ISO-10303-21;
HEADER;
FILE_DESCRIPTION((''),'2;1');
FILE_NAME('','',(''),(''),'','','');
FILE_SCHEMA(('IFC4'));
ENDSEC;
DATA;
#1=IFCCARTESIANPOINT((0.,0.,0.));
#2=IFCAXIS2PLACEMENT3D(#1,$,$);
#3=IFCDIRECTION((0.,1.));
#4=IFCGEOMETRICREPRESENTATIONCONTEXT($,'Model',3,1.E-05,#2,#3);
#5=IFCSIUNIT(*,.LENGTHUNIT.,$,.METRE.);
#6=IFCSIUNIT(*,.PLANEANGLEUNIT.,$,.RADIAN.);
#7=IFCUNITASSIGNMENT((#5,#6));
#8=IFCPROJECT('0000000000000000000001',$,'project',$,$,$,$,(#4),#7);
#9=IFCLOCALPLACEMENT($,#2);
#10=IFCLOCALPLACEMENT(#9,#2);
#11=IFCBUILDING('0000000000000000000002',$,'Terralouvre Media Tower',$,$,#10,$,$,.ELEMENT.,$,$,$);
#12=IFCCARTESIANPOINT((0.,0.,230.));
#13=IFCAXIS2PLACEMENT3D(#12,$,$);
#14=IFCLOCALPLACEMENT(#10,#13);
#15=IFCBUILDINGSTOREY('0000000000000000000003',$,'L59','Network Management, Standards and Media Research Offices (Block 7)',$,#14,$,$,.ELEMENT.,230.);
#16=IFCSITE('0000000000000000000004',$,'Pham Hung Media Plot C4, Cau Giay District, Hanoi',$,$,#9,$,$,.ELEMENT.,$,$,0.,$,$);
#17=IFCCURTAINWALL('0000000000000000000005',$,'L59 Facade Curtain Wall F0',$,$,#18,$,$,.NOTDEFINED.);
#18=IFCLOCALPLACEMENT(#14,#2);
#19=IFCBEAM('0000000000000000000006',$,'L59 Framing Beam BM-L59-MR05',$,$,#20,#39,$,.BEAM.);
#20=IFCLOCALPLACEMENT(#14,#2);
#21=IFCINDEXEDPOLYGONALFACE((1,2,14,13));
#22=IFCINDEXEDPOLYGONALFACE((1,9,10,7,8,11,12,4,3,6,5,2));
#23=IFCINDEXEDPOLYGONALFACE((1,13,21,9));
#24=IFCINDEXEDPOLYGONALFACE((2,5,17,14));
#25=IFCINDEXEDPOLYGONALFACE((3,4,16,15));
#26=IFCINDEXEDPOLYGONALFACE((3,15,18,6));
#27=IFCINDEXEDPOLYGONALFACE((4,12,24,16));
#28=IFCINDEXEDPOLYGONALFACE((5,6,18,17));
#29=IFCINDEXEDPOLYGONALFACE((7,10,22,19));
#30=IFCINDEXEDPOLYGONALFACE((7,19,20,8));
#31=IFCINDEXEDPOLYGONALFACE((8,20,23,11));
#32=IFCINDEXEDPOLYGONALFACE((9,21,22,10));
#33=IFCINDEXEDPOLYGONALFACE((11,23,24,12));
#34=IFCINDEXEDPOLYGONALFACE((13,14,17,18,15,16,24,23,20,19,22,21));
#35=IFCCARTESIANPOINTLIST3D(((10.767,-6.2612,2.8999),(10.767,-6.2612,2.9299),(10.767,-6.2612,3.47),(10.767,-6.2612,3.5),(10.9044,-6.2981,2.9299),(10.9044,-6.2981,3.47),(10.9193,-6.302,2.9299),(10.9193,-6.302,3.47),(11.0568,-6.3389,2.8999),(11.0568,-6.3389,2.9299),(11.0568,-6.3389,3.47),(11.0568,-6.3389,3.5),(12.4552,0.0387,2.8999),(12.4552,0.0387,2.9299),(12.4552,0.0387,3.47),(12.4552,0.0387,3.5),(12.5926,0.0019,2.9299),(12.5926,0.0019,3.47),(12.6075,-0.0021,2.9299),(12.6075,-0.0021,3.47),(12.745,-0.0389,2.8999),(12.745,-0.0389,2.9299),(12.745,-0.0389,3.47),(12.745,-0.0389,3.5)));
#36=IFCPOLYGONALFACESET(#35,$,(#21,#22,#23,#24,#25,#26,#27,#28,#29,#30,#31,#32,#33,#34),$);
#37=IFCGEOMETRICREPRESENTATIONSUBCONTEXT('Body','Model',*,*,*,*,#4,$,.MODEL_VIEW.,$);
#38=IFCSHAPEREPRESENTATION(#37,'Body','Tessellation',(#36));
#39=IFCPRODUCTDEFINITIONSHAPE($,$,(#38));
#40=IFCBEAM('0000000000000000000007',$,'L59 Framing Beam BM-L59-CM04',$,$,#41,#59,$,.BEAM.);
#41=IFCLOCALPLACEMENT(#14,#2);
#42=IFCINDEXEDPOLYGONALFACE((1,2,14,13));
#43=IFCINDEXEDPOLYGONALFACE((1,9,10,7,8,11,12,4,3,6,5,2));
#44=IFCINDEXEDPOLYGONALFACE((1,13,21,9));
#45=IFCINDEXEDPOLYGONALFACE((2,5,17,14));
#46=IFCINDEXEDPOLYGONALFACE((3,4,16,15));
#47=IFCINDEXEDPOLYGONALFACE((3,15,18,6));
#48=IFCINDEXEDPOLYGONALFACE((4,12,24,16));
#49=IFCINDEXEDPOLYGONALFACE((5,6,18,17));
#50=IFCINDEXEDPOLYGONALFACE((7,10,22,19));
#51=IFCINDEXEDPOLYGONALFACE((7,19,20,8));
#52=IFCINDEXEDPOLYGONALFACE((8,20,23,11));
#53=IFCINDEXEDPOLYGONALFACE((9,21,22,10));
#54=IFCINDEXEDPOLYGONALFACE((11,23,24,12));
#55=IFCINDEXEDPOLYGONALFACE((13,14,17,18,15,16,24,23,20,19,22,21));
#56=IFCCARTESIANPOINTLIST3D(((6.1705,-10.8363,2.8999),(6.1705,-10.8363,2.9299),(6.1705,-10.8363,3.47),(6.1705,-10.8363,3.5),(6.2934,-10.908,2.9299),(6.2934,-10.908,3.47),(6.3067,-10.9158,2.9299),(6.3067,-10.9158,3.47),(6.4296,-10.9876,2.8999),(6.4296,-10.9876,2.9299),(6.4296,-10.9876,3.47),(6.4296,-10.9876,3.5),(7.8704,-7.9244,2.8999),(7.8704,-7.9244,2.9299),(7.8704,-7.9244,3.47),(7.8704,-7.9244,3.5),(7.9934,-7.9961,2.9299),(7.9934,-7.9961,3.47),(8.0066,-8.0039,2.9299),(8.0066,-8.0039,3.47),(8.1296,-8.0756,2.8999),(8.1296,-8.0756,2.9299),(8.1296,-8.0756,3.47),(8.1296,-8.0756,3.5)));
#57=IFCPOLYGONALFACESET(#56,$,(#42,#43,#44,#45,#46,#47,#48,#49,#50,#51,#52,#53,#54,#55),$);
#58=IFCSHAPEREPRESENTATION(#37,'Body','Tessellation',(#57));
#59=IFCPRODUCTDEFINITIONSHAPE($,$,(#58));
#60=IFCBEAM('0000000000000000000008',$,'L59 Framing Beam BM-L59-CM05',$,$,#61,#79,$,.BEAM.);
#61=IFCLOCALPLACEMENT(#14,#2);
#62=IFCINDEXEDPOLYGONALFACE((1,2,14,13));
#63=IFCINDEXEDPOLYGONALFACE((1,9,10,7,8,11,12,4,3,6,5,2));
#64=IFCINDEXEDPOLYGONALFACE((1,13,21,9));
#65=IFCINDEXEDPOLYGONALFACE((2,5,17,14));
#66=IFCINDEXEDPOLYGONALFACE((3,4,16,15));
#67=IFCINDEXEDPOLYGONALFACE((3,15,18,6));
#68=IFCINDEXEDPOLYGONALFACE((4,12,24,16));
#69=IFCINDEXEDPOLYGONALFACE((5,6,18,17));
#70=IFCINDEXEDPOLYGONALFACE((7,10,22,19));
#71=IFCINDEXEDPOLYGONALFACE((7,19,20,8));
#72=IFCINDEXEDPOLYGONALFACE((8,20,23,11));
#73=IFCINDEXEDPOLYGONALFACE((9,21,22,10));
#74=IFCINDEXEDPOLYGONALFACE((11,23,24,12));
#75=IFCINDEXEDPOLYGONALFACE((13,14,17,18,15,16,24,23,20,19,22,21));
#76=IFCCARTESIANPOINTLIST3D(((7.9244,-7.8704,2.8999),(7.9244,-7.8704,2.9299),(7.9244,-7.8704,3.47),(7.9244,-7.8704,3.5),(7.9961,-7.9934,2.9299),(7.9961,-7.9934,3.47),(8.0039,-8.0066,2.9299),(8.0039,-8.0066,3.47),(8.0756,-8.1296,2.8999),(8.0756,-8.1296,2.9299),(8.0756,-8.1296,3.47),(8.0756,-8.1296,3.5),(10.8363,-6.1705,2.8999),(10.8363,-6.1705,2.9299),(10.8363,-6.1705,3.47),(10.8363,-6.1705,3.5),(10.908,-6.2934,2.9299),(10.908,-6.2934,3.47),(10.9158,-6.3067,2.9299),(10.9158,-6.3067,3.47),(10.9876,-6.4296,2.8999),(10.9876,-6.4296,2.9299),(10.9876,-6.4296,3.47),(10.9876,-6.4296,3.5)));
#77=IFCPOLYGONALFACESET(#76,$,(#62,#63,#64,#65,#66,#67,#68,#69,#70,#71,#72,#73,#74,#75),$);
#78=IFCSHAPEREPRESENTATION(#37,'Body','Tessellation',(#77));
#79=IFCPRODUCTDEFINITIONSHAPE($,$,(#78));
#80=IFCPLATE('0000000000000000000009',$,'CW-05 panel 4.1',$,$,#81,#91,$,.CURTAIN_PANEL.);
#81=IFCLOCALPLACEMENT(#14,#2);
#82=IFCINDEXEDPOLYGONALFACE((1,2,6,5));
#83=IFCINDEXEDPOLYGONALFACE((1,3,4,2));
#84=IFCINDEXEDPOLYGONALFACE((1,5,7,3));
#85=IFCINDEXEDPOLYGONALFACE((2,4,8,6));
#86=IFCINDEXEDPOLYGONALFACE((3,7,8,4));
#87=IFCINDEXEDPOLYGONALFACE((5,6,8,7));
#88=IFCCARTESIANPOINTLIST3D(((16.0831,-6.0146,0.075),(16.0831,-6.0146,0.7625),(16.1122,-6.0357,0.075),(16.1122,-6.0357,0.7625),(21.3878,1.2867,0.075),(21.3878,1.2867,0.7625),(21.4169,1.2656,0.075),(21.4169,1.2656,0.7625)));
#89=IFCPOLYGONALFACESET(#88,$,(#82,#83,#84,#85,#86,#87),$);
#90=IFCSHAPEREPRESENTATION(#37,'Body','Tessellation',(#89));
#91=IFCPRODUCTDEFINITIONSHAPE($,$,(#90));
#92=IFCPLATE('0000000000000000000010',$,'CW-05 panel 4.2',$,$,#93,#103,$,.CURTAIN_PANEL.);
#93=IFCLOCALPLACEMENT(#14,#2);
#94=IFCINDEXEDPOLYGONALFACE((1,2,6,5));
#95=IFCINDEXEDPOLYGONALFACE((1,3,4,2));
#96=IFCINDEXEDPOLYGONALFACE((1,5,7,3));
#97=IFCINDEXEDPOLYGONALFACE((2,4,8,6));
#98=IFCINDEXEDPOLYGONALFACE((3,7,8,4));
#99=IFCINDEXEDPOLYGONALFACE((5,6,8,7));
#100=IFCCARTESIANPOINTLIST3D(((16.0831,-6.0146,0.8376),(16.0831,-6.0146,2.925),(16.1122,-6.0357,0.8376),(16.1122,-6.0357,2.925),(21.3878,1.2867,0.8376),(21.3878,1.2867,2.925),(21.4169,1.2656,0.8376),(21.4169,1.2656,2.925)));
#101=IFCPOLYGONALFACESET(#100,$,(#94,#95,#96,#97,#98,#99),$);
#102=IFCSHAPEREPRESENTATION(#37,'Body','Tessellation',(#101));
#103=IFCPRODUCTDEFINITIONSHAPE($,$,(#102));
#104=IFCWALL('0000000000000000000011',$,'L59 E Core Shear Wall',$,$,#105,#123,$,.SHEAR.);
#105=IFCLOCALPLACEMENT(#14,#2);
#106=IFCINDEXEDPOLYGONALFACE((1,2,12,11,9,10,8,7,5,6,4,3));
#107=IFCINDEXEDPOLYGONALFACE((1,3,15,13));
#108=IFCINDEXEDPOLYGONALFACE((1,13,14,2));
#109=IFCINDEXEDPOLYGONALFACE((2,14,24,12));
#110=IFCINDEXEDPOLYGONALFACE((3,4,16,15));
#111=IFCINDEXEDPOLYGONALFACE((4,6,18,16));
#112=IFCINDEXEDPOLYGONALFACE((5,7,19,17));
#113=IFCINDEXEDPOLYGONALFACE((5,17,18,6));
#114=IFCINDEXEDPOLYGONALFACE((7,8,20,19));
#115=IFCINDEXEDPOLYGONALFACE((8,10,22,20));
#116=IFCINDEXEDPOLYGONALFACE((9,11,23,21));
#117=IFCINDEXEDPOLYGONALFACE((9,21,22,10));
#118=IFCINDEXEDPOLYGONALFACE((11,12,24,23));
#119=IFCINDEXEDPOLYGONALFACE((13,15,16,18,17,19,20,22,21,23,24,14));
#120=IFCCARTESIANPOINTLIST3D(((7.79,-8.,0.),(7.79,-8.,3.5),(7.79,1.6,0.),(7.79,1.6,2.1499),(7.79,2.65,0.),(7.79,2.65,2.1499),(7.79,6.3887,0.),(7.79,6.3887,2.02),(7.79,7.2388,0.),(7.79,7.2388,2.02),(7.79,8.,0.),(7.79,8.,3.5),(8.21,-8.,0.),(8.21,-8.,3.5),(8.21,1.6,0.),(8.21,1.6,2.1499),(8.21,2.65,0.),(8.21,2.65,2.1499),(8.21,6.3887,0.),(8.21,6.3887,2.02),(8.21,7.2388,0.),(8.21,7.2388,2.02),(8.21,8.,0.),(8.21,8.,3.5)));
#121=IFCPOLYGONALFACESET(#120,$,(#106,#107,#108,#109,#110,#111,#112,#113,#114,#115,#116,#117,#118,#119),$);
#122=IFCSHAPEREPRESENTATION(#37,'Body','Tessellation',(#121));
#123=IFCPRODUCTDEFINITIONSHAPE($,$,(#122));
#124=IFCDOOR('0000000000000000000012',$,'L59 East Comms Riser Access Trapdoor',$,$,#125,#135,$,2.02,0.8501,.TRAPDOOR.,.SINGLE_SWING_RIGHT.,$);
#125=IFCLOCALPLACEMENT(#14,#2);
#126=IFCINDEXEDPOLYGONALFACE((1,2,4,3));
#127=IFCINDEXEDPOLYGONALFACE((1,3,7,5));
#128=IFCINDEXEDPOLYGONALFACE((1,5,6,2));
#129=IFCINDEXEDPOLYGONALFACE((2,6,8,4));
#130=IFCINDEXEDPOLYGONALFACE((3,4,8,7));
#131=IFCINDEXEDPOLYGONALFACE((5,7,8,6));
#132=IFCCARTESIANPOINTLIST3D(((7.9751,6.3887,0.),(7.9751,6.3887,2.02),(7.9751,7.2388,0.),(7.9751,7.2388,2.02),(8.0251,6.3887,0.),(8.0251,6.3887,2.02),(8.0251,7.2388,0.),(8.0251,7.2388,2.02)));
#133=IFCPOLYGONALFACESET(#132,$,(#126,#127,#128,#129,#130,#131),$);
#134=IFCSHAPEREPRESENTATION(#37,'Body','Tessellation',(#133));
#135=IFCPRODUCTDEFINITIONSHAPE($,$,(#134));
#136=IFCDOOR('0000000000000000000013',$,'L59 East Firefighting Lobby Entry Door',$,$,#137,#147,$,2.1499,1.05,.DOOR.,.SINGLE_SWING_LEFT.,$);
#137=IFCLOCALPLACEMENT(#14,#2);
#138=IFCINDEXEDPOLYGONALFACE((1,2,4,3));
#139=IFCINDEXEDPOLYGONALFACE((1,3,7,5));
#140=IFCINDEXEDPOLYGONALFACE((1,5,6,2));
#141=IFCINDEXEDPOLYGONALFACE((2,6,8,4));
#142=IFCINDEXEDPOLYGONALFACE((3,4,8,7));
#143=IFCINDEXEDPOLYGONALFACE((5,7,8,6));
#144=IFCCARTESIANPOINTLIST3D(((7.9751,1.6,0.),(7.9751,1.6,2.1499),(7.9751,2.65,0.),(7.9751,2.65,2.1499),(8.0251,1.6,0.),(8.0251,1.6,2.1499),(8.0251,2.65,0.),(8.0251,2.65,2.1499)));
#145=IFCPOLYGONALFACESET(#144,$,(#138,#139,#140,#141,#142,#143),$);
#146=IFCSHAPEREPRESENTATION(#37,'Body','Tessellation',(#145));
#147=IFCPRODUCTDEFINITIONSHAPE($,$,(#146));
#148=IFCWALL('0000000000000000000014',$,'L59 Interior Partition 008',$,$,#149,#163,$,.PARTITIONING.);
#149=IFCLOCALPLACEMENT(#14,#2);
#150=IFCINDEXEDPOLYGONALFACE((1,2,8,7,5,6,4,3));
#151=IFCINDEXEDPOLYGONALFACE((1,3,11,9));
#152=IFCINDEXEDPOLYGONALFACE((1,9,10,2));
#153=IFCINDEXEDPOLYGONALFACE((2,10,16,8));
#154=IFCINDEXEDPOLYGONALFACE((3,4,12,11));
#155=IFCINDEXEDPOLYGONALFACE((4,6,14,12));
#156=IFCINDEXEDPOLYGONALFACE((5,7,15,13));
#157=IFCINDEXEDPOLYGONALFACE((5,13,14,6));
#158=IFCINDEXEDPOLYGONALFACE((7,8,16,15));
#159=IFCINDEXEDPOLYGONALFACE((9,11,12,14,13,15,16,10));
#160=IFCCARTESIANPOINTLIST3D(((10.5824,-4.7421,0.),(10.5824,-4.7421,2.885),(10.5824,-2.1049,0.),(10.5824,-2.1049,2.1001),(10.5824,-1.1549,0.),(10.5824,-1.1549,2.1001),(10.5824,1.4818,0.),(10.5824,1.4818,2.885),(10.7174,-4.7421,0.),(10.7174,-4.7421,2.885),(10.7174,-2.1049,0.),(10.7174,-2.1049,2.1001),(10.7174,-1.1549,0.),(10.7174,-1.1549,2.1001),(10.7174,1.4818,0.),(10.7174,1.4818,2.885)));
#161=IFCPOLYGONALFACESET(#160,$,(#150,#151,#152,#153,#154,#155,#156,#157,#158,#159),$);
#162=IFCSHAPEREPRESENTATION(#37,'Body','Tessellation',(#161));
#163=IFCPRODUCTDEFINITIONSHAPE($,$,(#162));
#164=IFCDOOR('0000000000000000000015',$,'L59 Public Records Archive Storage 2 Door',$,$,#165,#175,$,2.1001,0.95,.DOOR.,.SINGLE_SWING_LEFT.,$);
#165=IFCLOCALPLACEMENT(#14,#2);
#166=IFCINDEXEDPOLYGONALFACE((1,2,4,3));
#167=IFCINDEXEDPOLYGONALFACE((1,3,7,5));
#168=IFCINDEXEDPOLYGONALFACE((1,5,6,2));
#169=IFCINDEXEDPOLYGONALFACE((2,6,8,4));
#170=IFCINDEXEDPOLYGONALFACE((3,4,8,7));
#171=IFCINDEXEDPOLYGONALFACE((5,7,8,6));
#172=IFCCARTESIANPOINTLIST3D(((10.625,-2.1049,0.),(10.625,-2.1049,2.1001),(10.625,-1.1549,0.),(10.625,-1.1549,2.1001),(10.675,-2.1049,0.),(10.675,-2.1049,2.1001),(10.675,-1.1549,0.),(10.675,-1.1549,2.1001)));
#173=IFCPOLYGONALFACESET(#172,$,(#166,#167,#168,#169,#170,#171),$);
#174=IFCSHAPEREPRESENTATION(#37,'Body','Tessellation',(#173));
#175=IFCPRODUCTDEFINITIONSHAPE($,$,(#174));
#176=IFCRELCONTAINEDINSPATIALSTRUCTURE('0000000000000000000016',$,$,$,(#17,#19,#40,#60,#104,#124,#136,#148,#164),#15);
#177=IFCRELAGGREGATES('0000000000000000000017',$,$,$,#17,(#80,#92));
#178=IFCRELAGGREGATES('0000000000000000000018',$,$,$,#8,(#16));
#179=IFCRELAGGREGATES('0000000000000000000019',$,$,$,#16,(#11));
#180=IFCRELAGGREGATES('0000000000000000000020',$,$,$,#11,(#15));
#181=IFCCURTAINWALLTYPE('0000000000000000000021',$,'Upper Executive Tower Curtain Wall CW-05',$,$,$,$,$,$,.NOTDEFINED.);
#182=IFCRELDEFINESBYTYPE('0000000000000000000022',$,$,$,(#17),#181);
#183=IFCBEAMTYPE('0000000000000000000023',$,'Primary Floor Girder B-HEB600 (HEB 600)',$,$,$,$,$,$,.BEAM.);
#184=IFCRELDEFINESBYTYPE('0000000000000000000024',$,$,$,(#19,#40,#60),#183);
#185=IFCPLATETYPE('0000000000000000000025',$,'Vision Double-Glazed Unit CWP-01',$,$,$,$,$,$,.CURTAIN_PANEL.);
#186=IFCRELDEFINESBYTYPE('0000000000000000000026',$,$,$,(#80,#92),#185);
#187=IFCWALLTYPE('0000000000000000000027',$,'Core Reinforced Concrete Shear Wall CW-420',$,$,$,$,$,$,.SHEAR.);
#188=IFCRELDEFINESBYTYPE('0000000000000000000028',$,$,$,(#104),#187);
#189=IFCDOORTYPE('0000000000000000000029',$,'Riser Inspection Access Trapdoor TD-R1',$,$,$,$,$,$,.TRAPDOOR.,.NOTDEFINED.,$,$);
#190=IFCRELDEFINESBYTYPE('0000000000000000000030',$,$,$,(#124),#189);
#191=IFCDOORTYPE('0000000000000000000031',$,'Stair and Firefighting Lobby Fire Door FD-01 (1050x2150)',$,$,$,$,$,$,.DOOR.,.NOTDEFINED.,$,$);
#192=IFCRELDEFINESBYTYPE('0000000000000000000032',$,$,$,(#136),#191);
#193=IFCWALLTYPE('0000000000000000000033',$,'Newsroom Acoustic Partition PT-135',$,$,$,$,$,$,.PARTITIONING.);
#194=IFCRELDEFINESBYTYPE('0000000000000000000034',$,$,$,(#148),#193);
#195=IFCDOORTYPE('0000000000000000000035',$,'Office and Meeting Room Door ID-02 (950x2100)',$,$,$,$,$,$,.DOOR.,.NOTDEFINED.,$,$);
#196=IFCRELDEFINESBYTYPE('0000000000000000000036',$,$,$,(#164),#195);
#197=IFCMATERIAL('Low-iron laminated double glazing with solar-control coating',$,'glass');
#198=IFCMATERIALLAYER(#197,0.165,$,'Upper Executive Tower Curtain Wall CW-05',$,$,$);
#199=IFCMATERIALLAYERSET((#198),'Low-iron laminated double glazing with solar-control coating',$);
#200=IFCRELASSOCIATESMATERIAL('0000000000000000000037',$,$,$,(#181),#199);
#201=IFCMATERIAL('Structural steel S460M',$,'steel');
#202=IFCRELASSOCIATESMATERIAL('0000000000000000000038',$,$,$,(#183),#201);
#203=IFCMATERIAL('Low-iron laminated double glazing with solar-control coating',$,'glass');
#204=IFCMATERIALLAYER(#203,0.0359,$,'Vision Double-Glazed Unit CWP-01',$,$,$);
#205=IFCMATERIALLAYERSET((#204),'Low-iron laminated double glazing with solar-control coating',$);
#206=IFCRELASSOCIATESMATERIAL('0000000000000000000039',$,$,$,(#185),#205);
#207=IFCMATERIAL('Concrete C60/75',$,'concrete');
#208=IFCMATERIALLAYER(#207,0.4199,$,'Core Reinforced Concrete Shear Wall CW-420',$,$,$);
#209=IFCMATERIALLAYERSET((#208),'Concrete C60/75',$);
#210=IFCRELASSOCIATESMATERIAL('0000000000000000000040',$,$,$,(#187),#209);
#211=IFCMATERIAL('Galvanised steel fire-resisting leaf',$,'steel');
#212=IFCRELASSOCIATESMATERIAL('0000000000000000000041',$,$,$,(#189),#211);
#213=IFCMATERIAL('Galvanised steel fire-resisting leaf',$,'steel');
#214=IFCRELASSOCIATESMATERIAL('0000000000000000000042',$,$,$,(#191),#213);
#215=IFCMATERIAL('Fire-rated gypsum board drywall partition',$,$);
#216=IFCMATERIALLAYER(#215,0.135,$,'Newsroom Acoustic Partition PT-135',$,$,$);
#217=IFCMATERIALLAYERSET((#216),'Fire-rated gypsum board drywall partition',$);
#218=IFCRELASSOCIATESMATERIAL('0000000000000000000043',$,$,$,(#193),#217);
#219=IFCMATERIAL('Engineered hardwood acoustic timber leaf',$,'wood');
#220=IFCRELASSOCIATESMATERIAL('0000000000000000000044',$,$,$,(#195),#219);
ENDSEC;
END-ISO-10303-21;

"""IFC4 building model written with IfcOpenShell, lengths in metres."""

from ifc_helpers import new_model, si_unit, direction, frame, frame_2d, origin, origin_2d, place, context, subcontext, project, spatial, rectangle, i_section, extrude, material, layer, layer_set, material_profile, profile_set, type_object, element, fill, aggregate, save


model = new_model("IFC4")

# Units and contexts
model_context = context("Model", 3, precision=1e-05, world=origin(), true_north=direction((0.0, 1.0)))
body_context = subcontext(model_context, "Body", "Model", "MODEL_VIEW")
ifc_project = project(units=[si_unit("LENGTHUNIT", "METRE"), si_unit("PLANEANGLEUNIT", "RADIAN")], contexts=[model_context])

# Site, building, storey
site_placement = place(None, origin())
site = spatial("IfcSite", under=ifc_project, at=site_placement, Name="Pham Hung Media Plot C4, Cau Giay District, Hanoi", CompositionType="ELEMENT", RefElevation=0.0)
building_placement = place(site_placement, origin())
building = spatial("IfcBuilding", under=site, at=building_placement, Name="Terralouvre Media Tower", CompositionType="ELEMENT")
storey_placement = place(building_placement, frame((0.0, 0.0, 230.0)))
storey = spatial("IfcBuildingStorey", under=building, at=storey_placement, Name="L59", Description="Network Management, Standards and Media Research Offices (Block 7)", CompositionType="ELEMENT", Elevation=230.0)

# Curtain wall
ifc_material_1 = material(Name="Low-iron laminated double glazing with solar-control coating", Category="glass")
ifc_layer_1 = layer(ifc_material_1, 0.165, Name="Upper Executive Tower Curtain Wall CW-05")
ifc_layer_set_1 = layer_set([ifc_layer_1], Name="Low-iron laminated double glazing with solar-control coating")
curtain_wall_type = type_object("IfcCurtainWallType", Name="Upper Executive Tower Curtain Wall CW-05", PredefinedType="NOTDEFINED", material=ifc_layer_set_1)
curtain_wall_placement = place(storey_placement, origin())
curtain_wall = element("IfcCurtainWall", 1, at=curtain_wall_placement, inside=storey, type_object=curtain_wall_type, Name="L59 Facade Curtain Wall F0", PredefinedType="NOTDEFINED")

# Beams
ifc_material_2 = material(Name="Structural steel S460M", Category="steel")
ifc_material_profile_1 = material_profile(ifc_material_2, i_section(OverallWidth=0.3, OverallDepth=0.6001, WebThickness=0.0154, FlangeThickness=0.03, at=origin_2d()), Name="HEB 600")
ifc_profile_set_1 = profile_set([ifc_material_profile_1], Name="Structural steel S460M")
beam_type_1 = type_object("IfcBeamType", Name="Primary Floor Girder B-HEB600 (HEB 600)", PredefinedType="BEAM", material=ifc_profile_set_1)
beam_1_placement = place(storey_placement, frame((10.9119, -6.3, 3.2), z_axis=(0.258839, 0.96592, 0.0), x_axis=(-0.96592, 0.258839, 0.0)))
element("IfcBeam", 2, at=beam_1_placement, inside=storey, type_object=beam_type_1, Name="L59 Framing Beam BM-L59-MR05", PredefinedType="BEAM", context=body_context, shape_type="SweptSolid", body=[
    extrude(i_section(OverallWidth=0.3, OverallDepth=0.6001, WebThickness=0.0154, FlangeThickness=0.03, at=origin_2d()), origin(), (0.0, 0.0, 1.0), 6.5222),
])
for number, where, z_axis, x_axis, name in (
    (3, (8.0, -8.0, 3.2), (-0.504173, -0.863603, 0.0), (0.863603, -0.504173, 0.0), "L59 Framing Beam BM-L59-CM04"),
    (4, (8.0, -8.0, 3.2), (0.863603, 0.504173, 0.0), (-0.504173, 0.863603, 0.0), "L59 Framing Beam BM-L59-CM05"),
):
    element("IfcBeam", number, at=place(storey_placement, frame(where, z_axis=z_axis, x_axis=x_axis)), inside=storey, type_object=beam_type_1, Name=name, PredefinedType="BEAM", context=body_context, shape_type="SweptSolid", body=[
        extrude(i_section(OverallWidth=0.3, OverallDepth=0.6001, WebThickness=0.0154, FlangeThickness=0.03, at=origin_2d()), origin(), (0.0, 0.0, 1.0), 3.3718),
    ])

# Plates
ifc_material_3 = material(Name="Low-iron laminated double glazing with solar-control coating", Category="glass")
ifc_layer_2 = layer(ifc_material_3, 0.0359, Name="Vision Double-Glazed Unit CWP-01")
ifc_layer_set_2 = layer_set([ifc_layer_2], Name="Low-iron laminated double glazing with solar-control coating")
plate_type = type_object("IfcPlateType", Name="Vision Double-Glazed Unit CWP-01", PredefinedType="CURTAIN_PANEL", material=ifc_layer_set_2)
plate_1_placement = place(storey_placement, frame((18.75, -2.3745, 0.075), z_axis=(0.0, 0.0, 1.0), x_axis=(0.587785, 0.809017, 0.0)))
plate_1 = element("IfcPlate", 5, at=plate_1_placement, type_object=plate_type, Name="CW-05 panel 4.1", PredefinedType="CURTAIN_PANEL", context=body_context, shape_type="SweptSolid", body=[
    extrude(rectangle(XDim=9.0249, YDim=0.0359, at=origin_2d()), origin(), (0.0, 0.0, 1.0), 0.6875),
])
plate_2_placement = place(storey_placement, frame((18.75, -2.3745, 0.8376), z_axis=(0.0, 0.0, 1.0), x_axis=(0.587785, 0.809017, 0.0)))
plate_2 = element("IfcPlate", 6, at=plate_2_placement, type_object=plate_type, Name="CW-05 panel 4.2", PredefinedType="CURTAIN_PANEL", context=body_context, shape_type="SweptSolid", body=[
    extrude(rectangle(XDim=9.0249, YDim=0.0359, at=origin_2d()), origin(), (0.0, 0.0, 1.0), 2.0874),
])
aggregate(curtain_wall, [plate_1, plate_2])

# Wall, openings, doors
ifc_material_4 = material(Name="Concrete C60/75", Category="concrete")
ifc_layer_3 = layer(ifc_material_4, 0.4199, Name="Core Reinforced Concrete Shear Wall CW-420")
ifc_layer_set_3 = layer_set([ifc_layer_3], Name="Concrete C60/75")
wall_type_1 = type_object("IfcWallType", Name="Core Reinforced Concrete Shear Wall CW-420", PredefinedType="SHEAR", material=ifc_layer_set_3)
wall_1_placement = place(storey_placement, frame((8.0, -8.0, 0.0), z_axis=(0.0, 0.0, 1.0), x_axis=(0.0, 1.0, 0.0)))
wall_1 = element("IfcWall", 7, at=wall_1_placement, inside=storey, type_object=wall_type_1, Name="L59 E Core Shear Wall", PredefinedType="SHEAR", context=body_context, shape_type="SweptSolid", body=[
    extrude(rectangle(XDim=16.0, YDim=0.4199, at=frame_2d((8.0, 0.0))), origin(), (0.0, 0.0, 1.0), 3.5),
])
opening_1_placement = place(wall_1_placement, frame((9.6001, 0.0, 0.0)))
opening_1 = element("IfcOpeningElement", 8, at=opening_1_placement, cuts=wall_1, PredefinedType="OPENING", context=body_context, shape_type="SweptSolid", body=[
    extrude(rectangle(XDim=1.05, YDim=2.1499, at=frame_2d((0.5249, 1.075))), frame((0.0, 0.22, 0.0), z_axis=(0.0, -1.0, 0.0), x_axis=(1.0, 0.0, 0.0)), (0.0, 0.0, 1.0), 0.4399),
])
opening_2_placement = place(wall_1_placement, frame((14.3887, 0.0, 0.0)))
opening_2 = element("IfcOpeningElement", 9, at=opening_2_placement, cuts=wall_1, PredefinedType="OPENING", context=body_context, shape_type="SweptSolid", body=[
    extrude(rectangle(XDim=0.8501, YDim=2.02, at=frame_2d((0.425, 1.01))), frame((0.0, 0.22, 0.0), z_axis=(0.0, -1.0, 0.0), x_axis=(1.0, 0.0, 0.0)), (0.0, 0.0, 1.0), 0.4399),
])
ifc_material_5 = material(Name="Galvanised steel fire-resisting leaf", Category="steel")
door_type_1 = type_object("IfcDoorType", Name="Riser Inspection Access Trapdoor TD-R1", OperationType="NOTDEFINED", PredefinedType="TRAPDOOR", material=ifc_material_5)
door_1_placement = place(opening_2_placement, origin())
door_1 = element("IfcDoor", 10, at=door_1_placement, inside=storey, type_object=door_type_1, Name="L59 East Comms Riser Access Trapdoor", OperationType="SINGLE_SWING_RIGHT", OverallHeight=2.02, OverallWidth=0.8501, PredefinedType="TRAPDOOR", context=body_context, shape_type="SweptSolid", body=[
    extrude(rectangle(XDim=0.8501, YDim=2.02, at=frame_2d((0.425, 1.01))), frame((0.0, 0.0249, 0.0), z_axis=(0.0, -1.0, 0.0), x_axis=(1.0, 0.0, 0.0)), (0.0, 0.0, 1.0), 0.05),
])
fill(opening_2, door_1)
ifc_material_6 = material(Name="Galvanised steel fire-resisting leaf", Category="steel")
door_type_2 = type_object("IfcDoorType", Name="Stair and Firefighting Lobby Fire Door FD-01 (1050x2150)", OperationType="NOTDEFINED", PredefinedType="DOOR", material=ifc_material_6)
door_2_placement = place(opening_1_placement, origin())
door_2 = element("IfcDoor", 11, at=door_2_placement, inside=storey, type_object=door_type_2, Name="L59 East Firefighting Lobby Entry Door", OperationType="SINGLE_SWING_LEFT", OverallHeight=2.1499, OverallWidth=1.05, PredefinedType="DOOR", context=body_context, shape_type="SweptSolid", body=[
    extrude(rectangle(XDim=1.05, YDim=2.1499, at=frame_2d((0.5249, 1.075))), frame((0.0, 0.0249, 0.0), z_axis=(0.0, -1.0, 0.0), x_axis=(1.0, 0.0, 0.0)), (0.0, 0.0, 1.0), 0.05),
])
fill(opening_1, door_2)

# Wall, opening, door
ifc_material_7 = material(Name="Fire-rated gypsum board drywall partition")
ifc_layer_4 = layer(ifc_material_7, 0.135, Name="Newsroom Acoustic Partition PT-135")
ifc_layer_set_4 = layer_set([ifc_layer_4], Name="Fire-rated gypsum board drywall partition")
wall_type_2 = type_object("IfcWallType", Name="Newsroom Acoustic Partition PT-135", PredefinedType="PARTITIONING", material=ifc_layer_set_4)
wall_2_placement = place(storey_placement, frame((10.6499, -4.7419, 0.0), z_axis=(0.0, 0.0, 1.0), x_axis=(0.0, 1.0, 0.0)))
wall_2 = element("IfcWall", 12, at=wall_2_placement, inside=storey, type_object=wall_type_2, Name="L59 Interior Partition 008", PredefinedType="PARTITIONING", context=body_context, shape_type="SweptSolid", body=[
    extrude(rectangle(XDim=6.2239, YDim=0.135, at=frame_2d((3.1118, 0.0))), origin(), (0.0, 0.0, 1.0), 2.885),
])
opening_3_placement = place(wall_2_placement, frame((2.637, 0.0, 0.0)))
opening_3 = element("IfcOpeningElement", 13, at=opening_3_placement, cuts=wall_2, PredefinedType="OPENING", context=body_context, shape_type="SweptSolid", body=[
    extrude(rectangle(XDim=0.95, YDim=2.1001, at=frame_2d((0.4751, 1.05))), frame((0.0, 0.0774, 0.0), z_axis=(0.0, -1.0, 0.0), x_axis=(1.0, 0.0, 0.0)), (0.0, 0.0, 1.0), 0.155),
])
ifc_material_8 = material(Name="Engineered hardwood acoustic timber leaf", Category="wood")
door_type_3 = type_object("IfcDoorType", Name="Office and Meeting Room Door ID-02 (950x2100)", OperationType="NOTDEFINED", PredefinedType="DOOR", material=ifc_material_8)
door_3_placement = place(opening_3_placement, origin())
door_3 = element("IfcDoor", 14, at=door_3_placement, inside=storey, type_object=door_type_3, Name="L59 Public Records Archive Storage 2 Door", OperationType="SINGLE_SWING_LEFT", OverallHeight=2.1001, OverallWidth=0.95, PredefinedType="DOOR", context=body_context, shape_type="SweptSolid", body=[
    extrude(rectangle(XDim=0.95, YDim=2.1001, at=frame_2d((0.4751, 1.05))), frame((0.0, 0.0249, 0.0), z_axis=(0.0, -1.0, 0.0), x_axis=(1.0, 0.0, 0.0)), (0.0, 0.0, 1.0), 0.05),
])
fill(opening_3, door_3)

save(model, "model.ifc")
